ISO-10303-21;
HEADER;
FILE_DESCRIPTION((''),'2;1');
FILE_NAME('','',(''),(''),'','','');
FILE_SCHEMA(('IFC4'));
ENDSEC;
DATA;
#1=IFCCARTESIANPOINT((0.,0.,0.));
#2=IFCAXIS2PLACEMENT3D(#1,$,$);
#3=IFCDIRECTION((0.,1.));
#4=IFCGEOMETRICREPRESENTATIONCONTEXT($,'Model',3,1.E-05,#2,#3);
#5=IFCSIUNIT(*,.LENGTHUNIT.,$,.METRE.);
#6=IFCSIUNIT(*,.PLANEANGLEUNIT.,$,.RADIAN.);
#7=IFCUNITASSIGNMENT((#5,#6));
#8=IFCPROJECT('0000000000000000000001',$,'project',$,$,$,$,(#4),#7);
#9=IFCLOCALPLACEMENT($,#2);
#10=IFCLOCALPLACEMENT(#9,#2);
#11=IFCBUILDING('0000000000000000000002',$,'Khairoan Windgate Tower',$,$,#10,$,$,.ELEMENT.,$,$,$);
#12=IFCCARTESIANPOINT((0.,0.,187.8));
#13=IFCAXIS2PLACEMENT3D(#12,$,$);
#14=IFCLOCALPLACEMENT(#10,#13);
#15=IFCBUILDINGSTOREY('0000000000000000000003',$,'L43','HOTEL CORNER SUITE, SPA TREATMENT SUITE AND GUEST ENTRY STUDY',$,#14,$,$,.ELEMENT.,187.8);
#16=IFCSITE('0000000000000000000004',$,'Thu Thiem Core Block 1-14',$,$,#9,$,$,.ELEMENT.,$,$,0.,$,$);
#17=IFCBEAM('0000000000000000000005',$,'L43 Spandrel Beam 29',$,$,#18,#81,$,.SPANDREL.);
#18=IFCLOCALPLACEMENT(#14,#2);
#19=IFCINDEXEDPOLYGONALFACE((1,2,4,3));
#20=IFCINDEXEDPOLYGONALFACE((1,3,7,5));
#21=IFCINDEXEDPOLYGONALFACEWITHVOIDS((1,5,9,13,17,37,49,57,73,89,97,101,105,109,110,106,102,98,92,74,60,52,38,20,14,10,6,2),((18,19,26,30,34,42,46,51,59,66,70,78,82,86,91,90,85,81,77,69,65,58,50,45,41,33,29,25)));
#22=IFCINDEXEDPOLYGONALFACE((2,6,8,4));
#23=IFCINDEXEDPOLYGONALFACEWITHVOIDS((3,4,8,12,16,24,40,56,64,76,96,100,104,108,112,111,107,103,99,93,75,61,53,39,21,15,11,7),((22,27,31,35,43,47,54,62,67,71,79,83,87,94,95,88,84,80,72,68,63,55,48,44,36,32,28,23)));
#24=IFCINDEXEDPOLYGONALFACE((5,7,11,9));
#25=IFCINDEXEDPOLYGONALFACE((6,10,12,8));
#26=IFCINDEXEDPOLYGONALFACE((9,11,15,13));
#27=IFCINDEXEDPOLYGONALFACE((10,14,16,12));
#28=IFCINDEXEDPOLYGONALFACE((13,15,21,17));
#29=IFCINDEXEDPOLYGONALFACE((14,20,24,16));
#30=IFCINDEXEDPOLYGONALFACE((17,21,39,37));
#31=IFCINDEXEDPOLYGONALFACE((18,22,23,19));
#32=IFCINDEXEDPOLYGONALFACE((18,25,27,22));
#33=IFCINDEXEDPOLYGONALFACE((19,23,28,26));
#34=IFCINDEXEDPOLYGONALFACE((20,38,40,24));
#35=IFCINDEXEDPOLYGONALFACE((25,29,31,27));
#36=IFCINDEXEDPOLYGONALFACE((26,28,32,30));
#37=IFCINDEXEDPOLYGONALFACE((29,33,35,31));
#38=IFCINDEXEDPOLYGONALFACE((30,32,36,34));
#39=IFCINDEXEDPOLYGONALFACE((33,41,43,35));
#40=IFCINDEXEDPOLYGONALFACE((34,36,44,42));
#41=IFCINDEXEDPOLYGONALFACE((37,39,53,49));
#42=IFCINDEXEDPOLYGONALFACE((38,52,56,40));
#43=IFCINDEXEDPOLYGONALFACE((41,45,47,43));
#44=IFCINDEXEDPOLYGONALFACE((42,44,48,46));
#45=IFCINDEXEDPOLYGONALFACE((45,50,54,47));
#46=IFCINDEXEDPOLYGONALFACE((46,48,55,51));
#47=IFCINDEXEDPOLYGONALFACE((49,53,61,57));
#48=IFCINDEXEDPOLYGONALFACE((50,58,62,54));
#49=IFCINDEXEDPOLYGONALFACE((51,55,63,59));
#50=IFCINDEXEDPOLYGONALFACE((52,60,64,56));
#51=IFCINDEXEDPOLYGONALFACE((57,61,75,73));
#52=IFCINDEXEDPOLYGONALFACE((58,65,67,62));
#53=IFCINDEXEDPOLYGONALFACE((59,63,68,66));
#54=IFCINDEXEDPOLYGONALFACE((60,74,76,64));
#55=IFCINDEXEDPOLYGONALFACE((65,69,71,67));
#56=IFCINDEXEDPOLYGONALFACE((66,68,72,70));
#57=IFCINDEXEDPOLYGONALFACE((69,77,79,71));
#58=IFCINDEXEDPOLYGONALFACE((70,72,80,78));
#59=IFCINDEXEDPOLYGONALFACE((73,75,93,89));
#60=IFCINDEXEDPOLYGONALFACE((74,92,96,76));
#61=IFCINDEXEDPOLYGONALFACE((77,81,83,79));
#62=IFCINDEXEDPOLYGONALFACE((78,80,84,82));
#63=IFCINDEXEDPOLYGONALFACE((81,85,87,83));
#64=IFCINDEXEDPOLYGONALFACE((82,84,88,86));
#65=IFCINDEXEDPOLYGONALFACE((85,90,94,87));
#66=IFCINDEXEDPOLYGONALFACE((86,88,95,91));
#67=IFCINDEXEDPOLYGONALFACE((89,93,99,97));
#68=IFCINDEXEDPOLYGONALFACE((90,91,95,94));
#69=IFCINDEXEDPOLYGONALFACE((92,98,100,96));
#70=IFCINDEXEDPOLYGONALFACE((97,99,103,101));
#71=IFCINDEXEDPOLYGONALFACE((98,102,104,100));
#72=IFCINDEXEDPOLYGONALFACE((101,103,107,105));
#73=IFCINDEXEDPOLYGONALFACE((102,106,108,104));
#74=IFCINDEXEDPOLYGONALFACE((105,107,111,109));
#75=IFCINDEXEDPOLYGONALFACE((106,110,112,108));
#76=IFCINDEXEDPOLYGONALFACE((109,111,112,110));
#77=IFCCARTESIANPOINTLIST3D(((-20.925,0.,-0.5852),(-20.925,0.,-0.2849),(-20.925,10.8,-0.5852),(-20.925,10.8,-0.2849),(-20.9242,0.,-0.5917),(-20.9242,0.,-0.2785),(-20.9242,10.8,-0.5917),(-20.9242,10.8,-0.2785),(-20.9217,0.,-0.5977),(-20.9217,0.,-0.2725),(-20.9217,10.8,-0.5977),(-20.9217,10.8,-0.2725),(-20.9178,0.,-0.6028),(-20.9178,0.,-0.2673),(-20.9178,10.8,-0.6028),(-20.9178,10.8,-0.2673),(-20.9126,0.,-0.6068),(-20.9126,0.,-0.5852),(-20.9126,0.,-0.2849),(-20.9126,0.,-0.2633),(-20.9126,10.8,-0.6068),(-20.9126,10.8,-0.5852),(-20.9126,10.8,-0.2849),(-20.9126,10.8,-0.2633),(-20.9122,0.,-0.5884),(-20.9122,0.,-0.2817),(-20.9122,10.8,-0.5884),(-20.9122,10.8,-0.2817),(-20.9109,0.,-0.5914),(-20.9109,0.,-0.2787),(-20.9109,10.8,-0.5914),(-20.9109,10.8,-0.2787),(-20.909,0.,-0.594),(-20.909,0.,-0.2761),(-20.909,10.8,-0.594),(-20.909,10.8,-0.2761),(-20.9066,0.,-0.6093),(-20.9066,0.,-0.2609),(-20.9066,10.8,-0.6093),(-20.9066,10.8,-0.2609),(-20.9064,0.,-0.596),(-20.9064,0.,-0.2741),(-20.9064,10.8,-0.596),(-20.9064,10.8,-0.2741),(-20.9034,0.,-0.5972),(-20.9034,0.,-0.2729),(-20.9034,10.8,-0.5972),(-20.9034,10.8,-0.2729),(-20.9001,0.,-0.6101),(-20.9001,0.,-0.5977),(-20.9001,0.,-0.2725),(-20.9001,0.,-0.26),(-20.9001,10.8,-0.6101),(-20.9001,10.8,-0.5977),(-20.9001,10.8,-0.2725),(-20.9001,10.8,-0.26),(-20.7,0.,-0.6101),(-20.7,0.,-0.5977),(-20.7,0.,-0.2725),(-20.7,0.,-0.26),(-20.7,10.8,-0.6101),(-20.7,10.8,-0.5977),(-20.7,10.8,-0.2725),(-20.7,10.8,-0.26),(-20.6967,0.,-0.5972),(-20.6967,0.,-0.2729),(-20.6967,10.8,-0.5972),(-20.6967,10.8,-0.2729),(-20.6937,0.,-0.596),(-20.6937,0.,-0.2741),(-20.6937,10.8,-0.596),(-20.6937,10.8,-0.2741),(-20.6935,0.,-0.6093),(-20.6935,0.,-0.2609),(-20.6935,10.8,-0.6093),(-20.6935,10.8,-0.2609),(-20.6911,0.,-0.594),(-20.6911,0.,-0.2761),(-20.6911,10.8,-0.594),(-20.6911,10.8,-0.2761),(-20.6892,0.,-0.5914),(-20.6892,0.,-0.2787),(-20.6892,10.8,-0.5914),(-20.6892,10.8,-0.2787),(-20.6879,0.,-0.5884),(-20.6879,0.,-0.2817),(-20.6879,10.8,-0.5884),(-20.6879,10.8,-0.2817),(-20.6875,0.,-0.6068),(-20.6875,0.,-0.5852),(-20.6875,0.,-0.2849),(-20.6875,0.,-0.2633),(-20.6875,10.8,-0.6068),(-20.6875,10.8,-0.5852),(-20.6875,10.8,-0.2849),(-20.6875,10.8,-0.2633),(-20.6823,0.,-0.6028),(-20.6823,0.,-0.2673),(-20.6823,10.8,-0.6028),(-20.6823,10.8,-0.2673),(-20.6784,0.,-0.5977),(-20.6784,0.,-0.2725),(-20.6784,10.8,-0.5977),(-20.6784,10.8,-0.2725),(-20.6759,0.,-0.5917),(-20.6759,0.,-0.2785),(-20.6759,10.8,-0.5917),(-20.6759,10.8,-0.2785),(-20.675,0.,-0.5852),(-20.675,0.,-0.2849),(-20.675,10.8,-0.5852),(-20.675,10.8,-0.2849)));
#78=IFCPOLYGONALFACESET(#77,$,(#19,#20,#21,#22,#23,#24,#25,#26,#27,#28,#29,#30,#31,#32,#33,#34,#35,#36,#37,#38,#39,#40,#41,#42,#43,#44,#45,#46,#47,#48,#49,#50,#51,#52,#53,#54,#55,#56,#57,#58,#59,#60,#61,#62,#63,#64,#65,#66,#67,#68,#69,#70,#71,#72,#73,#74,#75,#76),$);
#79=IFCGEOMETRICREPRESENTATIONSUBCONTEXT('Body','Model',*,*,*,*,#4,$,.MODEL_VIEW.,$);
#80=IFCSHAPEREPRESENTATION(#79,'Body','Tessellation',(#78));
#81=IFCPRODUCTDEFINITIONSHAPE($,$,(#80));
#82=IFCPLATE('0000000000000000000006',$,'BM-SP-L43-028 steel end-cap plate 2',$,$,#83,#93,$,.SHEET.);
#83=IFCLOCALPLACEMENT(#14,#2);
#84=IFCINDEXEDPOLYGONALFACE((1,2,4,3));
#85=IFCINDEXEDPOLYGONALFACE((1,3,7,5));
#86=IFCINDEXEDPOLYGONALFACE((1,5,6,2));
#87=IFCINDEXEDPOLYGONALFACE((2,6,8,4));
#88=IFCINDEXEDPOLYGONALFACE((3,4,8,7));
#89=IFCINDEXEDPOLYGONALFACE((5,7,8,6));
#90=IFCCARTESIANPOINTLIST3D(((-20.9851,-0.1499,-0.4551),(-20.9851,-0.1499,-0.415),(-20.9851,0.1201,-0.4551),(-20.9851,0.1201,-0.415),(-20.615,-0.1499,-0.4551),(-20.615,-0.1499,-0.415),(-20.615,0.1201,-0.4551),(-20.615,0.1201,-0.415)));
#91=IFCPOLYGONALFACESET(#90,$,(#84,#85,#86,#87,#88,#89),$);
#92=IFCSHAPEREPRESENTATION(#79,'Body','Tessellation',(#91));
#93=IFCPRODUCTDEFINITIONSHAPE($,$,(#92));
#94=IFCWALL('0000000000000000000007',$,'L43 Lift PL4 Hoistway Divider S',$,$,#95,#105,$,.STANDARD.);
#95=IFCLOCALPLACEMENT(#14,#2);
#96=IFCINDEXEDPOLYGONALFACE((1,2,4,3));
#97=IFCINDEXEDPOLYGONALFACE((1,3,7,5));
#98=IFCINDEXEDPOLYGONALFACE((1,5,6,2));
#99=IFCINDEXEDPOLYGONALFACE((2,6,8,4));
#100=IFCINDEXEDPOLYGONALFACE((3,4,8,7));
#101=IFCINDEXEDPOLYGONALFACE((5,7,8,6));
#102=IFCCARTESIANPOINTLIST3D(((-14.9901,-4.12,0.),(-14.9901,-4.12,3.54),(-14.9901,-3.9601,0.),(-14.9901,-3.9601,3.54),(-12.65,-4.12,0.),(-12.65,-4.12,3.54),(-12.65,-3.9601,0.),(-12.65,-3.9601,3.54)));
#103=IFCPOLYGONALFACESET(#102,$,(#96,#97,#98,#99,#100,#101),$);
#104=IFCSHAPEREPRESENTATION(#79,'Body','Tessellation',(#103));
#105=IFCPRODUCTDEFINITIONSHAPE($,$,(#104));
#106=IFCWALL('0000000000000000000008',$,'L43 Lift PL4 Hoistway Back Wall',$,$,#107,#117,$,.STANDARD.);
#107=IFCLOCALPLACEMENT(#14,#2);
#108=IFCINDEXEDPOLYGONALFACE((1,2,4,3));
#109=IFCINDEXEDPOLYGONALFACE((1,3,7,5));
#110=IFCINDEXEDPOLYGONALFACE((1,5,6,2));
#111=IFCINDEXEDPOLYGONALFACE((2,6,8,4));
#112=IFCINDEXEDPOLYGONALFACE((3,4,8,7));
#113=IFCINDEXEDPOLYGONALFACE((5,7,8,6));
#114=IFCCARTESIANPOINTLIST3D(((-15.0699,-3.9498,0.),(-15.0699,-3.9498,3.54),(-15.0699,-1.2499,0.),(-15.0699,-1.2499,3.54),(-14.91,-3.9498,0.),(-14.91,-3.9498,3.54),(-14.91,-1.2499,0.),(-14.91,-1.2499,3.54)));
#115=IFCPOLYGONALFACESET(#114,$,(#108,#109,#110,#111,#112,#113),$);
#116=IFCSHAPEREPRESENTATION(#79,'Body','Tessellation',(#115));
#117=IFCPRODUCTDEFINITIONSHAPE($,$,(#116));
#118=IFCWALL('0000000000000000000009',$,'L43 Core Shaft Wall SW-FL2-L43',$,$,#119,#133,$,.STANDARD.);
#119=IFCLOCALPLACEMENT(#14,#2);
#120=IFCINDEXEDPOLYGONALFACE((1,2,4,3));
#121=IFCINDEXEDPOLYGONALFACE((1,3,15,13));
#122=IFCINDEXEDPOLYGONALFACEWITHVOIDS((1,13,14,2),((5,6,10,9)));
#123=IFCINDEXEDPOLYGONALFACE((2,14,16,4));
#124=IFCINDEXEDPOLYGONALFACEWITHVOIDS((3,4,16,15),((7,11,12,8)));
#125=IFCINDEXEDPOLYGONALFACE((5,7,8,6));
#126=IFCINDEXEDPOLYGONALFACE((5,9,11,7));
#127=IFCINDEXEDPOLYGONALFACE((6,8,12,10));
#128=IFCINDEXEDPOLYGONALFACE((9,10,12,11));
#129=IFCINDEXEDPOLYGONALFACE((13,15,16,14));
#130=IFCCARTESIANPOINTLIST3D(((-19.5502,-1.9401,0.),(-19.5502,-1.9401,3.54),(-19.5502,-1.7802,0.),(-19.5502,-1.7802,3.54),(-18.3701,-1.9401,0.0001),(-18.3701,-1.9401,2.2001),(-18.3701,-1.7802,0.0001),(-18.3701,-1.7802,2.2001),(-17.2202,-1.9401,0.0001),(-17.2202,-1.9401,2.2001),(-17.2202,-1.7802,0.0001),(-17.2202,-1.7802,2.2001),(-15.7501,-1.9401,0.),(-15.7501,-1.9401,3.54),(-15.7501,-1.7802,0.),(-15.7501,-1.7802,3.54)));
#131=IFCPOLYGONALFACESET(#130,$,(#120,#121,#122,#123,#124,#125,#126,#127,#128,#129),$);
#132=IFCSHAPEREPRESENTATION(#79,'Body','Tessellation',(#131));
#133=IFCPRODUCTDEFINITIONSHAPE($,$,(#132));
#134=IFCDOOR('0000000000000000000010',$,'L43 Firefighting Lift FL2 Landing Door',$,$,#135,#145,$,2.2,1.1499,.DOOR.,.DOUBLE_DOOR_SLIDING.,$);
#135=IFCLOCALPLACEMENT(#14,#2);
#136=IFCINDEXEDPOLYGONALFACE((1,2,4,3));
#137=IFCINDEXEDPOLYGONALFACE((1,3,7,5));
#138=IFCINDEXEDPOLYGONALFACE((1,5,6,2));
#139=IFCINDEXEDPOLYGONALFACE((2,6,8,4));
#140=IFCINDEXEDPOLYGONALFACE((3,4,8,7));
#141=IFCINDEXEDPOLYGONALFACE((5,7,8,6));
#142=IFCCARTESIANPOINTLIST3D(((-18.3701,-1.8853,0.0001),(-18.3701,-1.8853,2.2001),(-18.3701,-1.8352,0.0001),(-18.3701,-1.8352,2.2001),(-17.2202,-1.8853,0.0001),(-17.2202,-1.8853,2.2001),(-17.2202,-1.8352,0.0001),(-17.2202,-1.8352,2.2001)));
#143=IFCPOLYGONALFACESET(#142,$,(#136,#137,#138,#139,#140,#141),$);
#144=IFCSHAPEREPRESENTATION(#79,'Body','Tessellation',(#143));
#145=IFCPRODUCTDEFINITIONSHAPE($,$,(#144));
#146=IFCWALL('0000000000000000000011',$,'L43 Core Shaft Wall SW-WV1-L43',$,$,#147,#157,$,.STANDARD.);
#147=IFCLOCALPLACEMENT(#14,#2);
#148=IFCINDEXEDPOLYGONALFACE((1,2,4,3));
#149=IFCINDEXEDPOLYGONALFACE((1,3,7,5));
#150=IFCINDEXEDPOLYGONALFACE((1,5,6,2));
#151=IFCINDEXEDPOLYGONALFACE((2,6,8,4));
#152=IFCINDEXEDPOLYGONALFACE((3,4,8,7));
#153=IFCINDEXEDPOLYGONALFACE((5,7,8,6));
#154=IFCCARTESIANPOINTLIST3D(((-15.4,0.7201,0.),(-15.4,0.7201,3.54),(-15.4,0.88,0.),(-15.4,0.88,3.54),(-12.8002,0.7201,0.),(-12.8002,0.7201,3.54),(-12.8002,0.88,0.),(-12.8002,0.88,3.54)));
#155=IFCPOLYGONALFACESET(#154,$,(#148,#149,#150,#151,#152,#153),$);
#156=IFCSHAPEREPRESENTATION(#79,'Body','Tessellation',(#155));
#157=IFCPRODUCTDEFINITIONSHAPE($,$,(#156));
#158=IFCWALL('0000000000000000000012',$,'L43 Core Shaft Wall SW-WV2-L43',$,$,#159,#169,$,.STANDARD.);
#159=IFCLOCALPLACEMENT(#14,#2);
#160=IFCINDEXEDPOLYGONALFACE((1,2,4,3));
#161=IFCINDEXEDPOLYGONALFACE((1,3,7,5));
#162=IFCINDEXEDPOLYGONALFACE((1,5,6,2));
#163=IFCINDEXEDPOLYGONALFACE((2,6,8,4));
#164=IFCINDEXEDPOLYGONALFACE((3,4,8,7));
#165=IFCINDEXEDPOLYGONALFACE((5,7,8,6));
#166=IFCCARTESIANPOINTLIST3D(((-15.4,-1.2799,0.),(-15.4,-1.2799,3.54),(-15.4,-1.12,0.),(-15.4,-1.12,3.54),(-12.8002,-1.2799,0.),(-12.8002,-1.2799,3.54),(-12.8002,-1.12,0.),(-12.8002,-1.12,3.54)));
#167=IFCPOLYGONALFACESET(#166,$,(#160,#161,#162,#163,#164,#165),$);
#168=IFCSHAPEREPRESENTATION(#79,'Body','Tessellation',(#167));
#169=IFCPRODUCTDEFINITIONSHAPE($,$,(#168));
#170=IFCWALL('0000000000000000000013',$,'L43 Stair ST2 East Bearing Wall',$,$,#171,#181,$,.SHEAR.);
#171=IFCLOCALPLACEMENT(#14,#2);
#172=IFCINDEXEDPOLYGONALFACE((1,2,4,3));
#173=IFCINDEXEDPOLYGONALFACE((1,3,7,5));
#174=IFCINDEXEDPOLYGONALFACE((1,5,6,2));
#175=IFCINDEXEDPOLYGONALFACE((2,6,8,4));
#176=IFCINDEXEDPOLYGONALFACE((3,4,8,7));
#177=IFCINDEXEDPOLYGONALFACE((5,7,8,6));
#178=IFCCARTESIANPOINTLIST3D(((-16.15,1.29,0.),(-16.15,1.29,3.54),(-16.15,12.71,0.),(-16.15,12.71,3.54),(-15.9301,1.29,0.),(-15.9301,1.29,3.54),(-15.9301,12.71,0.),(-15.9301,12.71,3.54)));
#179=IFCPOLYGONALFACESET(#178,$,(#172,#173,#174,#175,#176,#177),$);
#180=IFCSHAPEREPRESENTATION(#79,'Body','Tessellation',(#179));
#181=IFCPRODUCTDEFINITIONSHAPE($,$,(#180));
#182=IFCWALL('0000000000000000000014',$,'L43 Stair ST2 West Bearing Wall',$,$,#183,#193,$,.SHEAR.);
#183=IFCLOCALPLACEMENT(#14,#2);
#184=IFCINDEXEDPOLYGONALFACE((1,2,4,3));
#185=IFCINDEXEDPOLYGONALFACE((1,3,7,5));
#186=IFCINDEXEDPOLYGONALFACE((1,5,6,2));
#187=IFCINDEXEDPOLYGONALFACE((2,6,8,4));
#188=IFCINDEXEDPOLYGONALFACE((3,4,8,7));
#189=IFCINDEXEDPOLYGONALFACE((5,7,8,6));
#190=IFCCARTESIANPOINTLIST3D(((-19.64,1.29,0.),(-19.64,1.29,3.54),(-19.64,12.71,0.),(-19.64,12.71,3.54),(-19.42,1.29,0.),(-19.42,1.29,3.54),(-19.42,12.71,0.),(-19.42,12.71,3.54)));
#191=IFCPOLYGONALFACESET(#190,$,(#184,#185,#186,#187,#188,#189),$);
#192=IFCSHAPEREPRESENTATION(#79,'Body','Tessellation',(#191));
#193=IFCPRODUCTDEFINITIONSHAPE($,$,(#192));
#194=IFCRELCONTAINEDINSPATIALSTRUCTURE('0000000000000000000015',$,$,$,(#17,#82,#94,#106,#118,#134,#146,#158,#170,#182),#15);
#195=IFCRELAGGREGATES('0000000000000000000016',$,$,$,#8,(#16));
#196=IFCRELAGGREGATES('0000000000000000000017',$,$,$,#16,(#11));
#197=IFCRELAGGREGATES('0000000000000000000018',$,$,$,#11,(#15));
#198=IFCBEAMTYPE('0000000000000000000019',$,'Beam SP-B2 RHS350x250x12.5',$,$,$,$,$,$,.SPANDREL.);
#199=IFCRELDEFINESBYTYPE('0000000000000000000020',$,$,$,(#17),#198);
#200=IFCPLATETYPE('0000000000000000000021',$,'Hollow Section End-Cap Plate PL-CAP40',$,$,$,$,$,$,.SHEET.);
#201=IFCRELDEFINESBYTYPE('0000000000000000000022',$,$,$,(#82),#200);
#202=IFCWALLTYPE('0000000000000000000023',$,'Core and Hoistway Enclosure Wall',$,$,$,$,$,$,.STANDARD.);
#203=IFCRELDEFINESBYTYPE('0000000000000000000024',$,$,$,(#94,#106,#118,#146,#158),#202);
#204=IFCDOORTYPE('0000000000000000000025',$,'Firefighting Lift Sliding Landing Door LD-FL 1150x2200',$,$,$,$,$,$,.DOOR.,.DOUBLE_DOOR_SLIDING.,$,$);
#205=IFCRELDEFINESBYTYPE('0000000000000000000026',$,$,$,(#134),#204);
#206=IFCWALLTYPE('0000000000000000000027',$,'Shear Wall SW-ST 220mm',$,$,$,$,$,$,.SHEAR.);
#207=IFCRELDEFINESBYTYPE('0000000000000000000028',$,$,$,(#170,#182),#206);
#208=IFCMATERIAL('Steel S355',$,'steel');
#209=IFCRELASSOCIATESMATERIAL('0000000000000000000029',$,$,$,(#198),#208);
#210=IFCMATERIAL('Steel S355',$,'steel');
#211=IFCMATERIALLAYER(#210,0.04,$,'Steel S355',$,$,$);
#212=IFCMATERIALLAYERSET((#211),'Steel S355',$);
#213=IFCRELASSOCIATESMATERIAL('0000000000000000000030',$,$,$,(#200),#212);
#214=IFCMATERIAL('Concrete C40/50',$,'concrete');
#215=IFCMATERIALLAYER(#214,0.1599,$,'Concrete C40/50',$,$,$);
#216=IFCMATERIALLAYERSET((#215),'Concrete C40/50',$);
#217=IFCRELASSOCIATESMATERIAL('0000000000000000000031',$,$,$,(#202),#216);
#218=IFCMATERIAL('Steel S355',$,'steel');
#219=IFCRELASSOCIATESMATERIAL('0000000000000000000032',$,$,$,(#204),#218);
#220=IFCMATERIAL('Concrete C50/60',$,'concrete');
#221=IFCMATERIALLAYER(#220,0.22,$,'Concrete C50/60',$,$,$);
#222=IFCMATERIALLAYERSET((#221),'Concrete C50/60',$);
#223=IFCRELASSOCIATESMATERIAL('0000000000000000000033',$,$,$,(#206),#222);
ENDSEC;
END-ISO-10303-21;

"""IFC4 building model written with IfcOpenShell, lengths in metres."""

from ifc_helpers import new_model, si_unit, direction, frame, frame_2d, origin, origin_2d, place, context, subcontext, project, spatial, rectangle, hollow_rectangle, extrude, material, layer, layer_set, material_profile, profile_set, type_object, element, fill, save


model = new_model("IFC4")

# Units and contexts
model_context = context("Model", 3, precision=1e-05, world=origin(), true_north=direction((0.0, 1.0)))
body_context = subcontext(model_context, "Body", "Model", "MODEL_VIEW")
ifc_project = project(units=[si_unit("LENGTHUNIT", "METRE"), si_unit("PLANEANGLEUNIT", "RADIAN")], contexts=[model_context])

# Site, building, storey
site_placement = place(None, origin())
site = spatial("IfcSite", under=ifc_project, at=site_placement, Name="Thu Thiem Core Block 1-14", CompositionType="ELEMENT", RefElevation=0.0)
building_placement = place(site_placement, origin())
building = spatial("IfcBuilding", under=site, at=building_placement, Name="Khairoan Windgate Tower", CompositionType="ELEMENT")
storey_placement = place(building_placement, frame((0.0, 0.0, 187.8)))
storey = spatial("IfcBuildingStorey", under=building, at=storey_placement, Name="L43", Description="HOTEL CORNER SUITE, SPA TREATMENT SUITE AND GUEST ENTRY STUDY", CompositionType="ELEMENT", Elevation=187.8)

# Beam
ifc_material_1 = material(Name="Steel S355", Category="steel")
ifc_material_profile_1 = material_profile(ifc_material_1, hollow_rectangle(XDim=0.25, YDim=0.3501, WallThickness=0.0125, InnerFilletRadius=0.0125, OuterFilletRadius=0.0249, at=origin_2d()))
ifc_profile_set_1 = profile_set([ifc_material_profile_1], Name="Steel S355")
beam_type_1 = type_object("IfcBeamType", Name="Beam SP-B2 RHS350x250x12.5", PredefinedType="SPANDREL", material=ifc_profile_set_1)
beam_1_placement = place(storey_placement, frame((-20.8, 0.0, -0.4351), z_axis=(0.0, 1.0, 0.0), x_axis=(-1.0, 0.0, 0.0)))
element("IfcBeam", 1, at=beam_1_placement, inside=storey, type_object=beam_type_1, Name="L43 Spandrel Beam 29", PredefinedType="SPANDREL", context=body_context, shape_type="SweptSolid", body=[
    extrude(hollow_rectangle(XDim=0.25, YDim=0.3501, WallThickness=0.0125, InnerFilletRadius=0.0125, OuterFilletRadius=0.0249, at=origin_2d()), origin(), (0.0, 0.0, 1.0), 10.8),
])

# Plate
ifc_material_2 = material(Name="Steel S355", Category="steel")
ifc_layer_1 = layer(ifc_material_2, 0.04, Name="Steel S355")
ifc_layer_set_1 = layer_set([ifc_layer_1], Name="Steel S355")
plate_type = type_object("IfcPlateType", Name="Hollow Section End-Cap Plate PL-CAP40", PredefinedType="SHEET", material=ifc_layer_set_1)
plate_placement = place(storey_placement, frame((-20.8, -0.0149, -0.4551), z_axis=(0.0, 0.0, 1.0), x_axis=(0.0, 1.0, 0.0)))
element("IfcPlate", 2, at=plate_placement, inside=storey, type_object=plate_type, Name="BM-SP-L43-028 steel end-cap plate 2", PredefinedType="SHEET", context=body_context, shape_type="SweptSolid", body=[
    extrude(rectangle(XDim=0.27, YDim=0.3701, at=origin_2d()), origin(), (0.0, 0.0, 1.0), 0.04),
])

# Walls
ifc_material_3 = material(Name="Concrete C40/50", Category="concrete")
ifc_layer_2 = layer(ifc_material_3, 0.1599, Name="Concrete C40/50")
ifc_layer_set_2 = layer_set([ifc_layer_2], Name="Concrete C40/50")
wall_type_1 = type_object("IfcWallType", Name="Core and Hoistway Enclosure Wall", PredefinedType="STANDARD", material=ifc_layer_set_2)
wall_1_placement = place(storey_placement, frame((-14.99, -4.04, 0.0), z_axis=(0.0, 0.0, 1.0), x_axis=(1.0, 0.0, 0.0)))
element("IfcWall", 3, at=wall_1_placement, inside=storey, type_object=wall_type_1, Name="L43 Lift PL4 Hoistway Divider S", PredefinedType="STANDARD", context=body_context, shape_type="SweptSolid", body=[
    extrude(rectangle(XDim=2.3401, YDim=0.1599, at=frame_2d((1.1699, 0.0))), origin(), (0.0, 0.0, 1.0), 3.54),
])
wall_2_placement = place(storey_placement, frame((-14.99, -3.95, 0.0), z_axis=(0.0, 0.0, 1.0), x_axis=(0.0, 1.0, 0.0)))
element("IfcWall", 4, at=wall_2_placement, inside=storey, type_object=wall_type_1, Name="L43 Lift PL4 Hoistway Back Wall", PredefinedType="STANDARD", context=body_context, shape_type="SweptSolid", body=[
    extrude(rectangle(XDim=2.7, YDim=0.1599, at=frame_2d((1.3501, 0.0))), origin(), (0.0, 0.0, 1.0), 3.54),
])

# Wall, opening, door
wall_3_placement = place(storey_placement, frame((-19.55, -1.8601, 0.0), z_axis=(0.0, 0.0, 1.0), x_axis=(1.0, 0.0, 0.0)))
wall_3 = element("IfcWall", 5, at=wall_3_placement, inside=storey, type_object=wall_type_1, Name="L43 Core Shaft Wall SW-FL2-L43", PredefinedType="STANDARD", context=body_context, shape_type="SweptSolid", body=[
    extrude(rectangle(XDim=3.8, YDim=0.1599, at=frame_2d((1.8999, 0.0))), origin(), (0.0, 0.0, 1.0), 3.54),
])
opening_1_placement = place(wall_3_placement, frame((1.1799, 0.0, 0.0)))
opening_1 = element("IfcOpeningElement", 6, at=opening_1_placement, cuts=wall_3, PredefinedType="OPENING", context=body_context, shape_type="SweptSolid", body=[
    extrude(rectangle(XDim=1.1499, YDim=2.2, at=frame_2d((0.575, 1.1001))), frame((0.0, 0.0898, 0.0), z_axis=(0.0, -1.0, 0.0), x_axis=(1.0, 0.0, 0.0)), (0.0, 0.0, 1.0), 0.1799),
])
ifc_material_4 = material(Name="Steel S355", Category="steel")
door_type_1 = type_object("IfcDoorType", Name="Firefighting Lift Sliding Landing Door LD-FL 1150x2200", OperationType="DOUBLE_DOOR_SLIDING", PredefinedType="DOOR", material=ifc_material_4)
door_1_placement = place(opening_1_placement, origin())
door_1 = element("IfcDoor", 7, at=door_1_placement, inside=storey, type_object=door_type_1, Name="L43 Firefighting Lift FL2 Landing Door", OperationType="DOUBLE_DOOR_SLIDING", OverallHeight=2.2, OverallWidth=1.1499, PredefinedType="DOOR", context=body_context, shape_type="SweptSolid", body=[
    extrude(rectangle(XDim=1.1499, YDim=2.2, at=frame_2d((0.575, 1.1001))), frame((0.0, 0.0249, 0.0), z_axis=(0.0, -1.0, 0.0), x_axis=(1.0, 0.0, 0.0)), (0.0, 0.0, 1.0), 0.05),
])
fill(opening_1, door_1)

# Walls
for number, where, z_axis, x_axis, name in (
    (8, (-15.3999, 0.8, 0.0), (0.0, 0.0, 1.0), (1.0, 0.0, 0.0), "L43 Core Shaft Wall SW-WV1-L43"),
    (9, (-15.3999, -1.2, 0.0), (0.0, 0.0, 1.0), (1.0, 0.0, 0.0), "L43 Core Shaft Wall SW-WV2-L43"),
):
    element("IfcWall", number, at=place(storey_placement, frame(where, z_axis=z_axis, x_axis=x_axis)), inside=storey, type_object=wall_type_1, Name=name, PredefinedType="STANDARD", context=body_context, shape_type="SweptSolid", body=[
        extrude(rectangle(XDim=2.5999, YDim=0.1599, at=frame_2d((1.2998, 0.0))), origin(), (0.0, 0.0, 1.0), 3.54),
    ])
ifc_material_5 = material(Name="Concrete C50/60", Category="concrete")
ifc_layer_3 = layer(ifc_material_5, 0.22, Name="Concrete C50/60")
ifc_layer_set_3 = layer_set([ifc_layer_3], Name="Concrete C50/60")
wall_type_2 = type_object("IfcWallType", Name="Shear Wall SW-ST 220mm", PredefinedType="SHEAR", material=ifc_layer_set_3)
for number, where, z_axis, x_axis, name in (
    (10, (-16.04, 1.29, 0.0), (0.0, 0.0, 1.0), (0.0, 1.0, 0.0), "L43 Stair ST2 East Bearing Wall"),
    (11, (-19.53, 1.29, 0.0), (0.0, 0.0, 1.0), (0.0, 1.0, 0.0), "L43 Stair ST2 West Bearing Wall"),
):
    element("IfcWall", number, at=place(storey_placement, frame(where, z_axis=z_axis, x_axis=x_axis)), inside=storey, type_object=wall_type_2, Name=name, PredefinedType="SHEAR", context=body_context, shape_type="SweptSolid", body=[
        extrude(rectangle(XDim=11.4199, YDim=0.22, at=frame_2d((5.71, 0.0))), origin(), (0.0, 0.0, 1.0), 3.54),
    ])

save(model, "model.ifc")
